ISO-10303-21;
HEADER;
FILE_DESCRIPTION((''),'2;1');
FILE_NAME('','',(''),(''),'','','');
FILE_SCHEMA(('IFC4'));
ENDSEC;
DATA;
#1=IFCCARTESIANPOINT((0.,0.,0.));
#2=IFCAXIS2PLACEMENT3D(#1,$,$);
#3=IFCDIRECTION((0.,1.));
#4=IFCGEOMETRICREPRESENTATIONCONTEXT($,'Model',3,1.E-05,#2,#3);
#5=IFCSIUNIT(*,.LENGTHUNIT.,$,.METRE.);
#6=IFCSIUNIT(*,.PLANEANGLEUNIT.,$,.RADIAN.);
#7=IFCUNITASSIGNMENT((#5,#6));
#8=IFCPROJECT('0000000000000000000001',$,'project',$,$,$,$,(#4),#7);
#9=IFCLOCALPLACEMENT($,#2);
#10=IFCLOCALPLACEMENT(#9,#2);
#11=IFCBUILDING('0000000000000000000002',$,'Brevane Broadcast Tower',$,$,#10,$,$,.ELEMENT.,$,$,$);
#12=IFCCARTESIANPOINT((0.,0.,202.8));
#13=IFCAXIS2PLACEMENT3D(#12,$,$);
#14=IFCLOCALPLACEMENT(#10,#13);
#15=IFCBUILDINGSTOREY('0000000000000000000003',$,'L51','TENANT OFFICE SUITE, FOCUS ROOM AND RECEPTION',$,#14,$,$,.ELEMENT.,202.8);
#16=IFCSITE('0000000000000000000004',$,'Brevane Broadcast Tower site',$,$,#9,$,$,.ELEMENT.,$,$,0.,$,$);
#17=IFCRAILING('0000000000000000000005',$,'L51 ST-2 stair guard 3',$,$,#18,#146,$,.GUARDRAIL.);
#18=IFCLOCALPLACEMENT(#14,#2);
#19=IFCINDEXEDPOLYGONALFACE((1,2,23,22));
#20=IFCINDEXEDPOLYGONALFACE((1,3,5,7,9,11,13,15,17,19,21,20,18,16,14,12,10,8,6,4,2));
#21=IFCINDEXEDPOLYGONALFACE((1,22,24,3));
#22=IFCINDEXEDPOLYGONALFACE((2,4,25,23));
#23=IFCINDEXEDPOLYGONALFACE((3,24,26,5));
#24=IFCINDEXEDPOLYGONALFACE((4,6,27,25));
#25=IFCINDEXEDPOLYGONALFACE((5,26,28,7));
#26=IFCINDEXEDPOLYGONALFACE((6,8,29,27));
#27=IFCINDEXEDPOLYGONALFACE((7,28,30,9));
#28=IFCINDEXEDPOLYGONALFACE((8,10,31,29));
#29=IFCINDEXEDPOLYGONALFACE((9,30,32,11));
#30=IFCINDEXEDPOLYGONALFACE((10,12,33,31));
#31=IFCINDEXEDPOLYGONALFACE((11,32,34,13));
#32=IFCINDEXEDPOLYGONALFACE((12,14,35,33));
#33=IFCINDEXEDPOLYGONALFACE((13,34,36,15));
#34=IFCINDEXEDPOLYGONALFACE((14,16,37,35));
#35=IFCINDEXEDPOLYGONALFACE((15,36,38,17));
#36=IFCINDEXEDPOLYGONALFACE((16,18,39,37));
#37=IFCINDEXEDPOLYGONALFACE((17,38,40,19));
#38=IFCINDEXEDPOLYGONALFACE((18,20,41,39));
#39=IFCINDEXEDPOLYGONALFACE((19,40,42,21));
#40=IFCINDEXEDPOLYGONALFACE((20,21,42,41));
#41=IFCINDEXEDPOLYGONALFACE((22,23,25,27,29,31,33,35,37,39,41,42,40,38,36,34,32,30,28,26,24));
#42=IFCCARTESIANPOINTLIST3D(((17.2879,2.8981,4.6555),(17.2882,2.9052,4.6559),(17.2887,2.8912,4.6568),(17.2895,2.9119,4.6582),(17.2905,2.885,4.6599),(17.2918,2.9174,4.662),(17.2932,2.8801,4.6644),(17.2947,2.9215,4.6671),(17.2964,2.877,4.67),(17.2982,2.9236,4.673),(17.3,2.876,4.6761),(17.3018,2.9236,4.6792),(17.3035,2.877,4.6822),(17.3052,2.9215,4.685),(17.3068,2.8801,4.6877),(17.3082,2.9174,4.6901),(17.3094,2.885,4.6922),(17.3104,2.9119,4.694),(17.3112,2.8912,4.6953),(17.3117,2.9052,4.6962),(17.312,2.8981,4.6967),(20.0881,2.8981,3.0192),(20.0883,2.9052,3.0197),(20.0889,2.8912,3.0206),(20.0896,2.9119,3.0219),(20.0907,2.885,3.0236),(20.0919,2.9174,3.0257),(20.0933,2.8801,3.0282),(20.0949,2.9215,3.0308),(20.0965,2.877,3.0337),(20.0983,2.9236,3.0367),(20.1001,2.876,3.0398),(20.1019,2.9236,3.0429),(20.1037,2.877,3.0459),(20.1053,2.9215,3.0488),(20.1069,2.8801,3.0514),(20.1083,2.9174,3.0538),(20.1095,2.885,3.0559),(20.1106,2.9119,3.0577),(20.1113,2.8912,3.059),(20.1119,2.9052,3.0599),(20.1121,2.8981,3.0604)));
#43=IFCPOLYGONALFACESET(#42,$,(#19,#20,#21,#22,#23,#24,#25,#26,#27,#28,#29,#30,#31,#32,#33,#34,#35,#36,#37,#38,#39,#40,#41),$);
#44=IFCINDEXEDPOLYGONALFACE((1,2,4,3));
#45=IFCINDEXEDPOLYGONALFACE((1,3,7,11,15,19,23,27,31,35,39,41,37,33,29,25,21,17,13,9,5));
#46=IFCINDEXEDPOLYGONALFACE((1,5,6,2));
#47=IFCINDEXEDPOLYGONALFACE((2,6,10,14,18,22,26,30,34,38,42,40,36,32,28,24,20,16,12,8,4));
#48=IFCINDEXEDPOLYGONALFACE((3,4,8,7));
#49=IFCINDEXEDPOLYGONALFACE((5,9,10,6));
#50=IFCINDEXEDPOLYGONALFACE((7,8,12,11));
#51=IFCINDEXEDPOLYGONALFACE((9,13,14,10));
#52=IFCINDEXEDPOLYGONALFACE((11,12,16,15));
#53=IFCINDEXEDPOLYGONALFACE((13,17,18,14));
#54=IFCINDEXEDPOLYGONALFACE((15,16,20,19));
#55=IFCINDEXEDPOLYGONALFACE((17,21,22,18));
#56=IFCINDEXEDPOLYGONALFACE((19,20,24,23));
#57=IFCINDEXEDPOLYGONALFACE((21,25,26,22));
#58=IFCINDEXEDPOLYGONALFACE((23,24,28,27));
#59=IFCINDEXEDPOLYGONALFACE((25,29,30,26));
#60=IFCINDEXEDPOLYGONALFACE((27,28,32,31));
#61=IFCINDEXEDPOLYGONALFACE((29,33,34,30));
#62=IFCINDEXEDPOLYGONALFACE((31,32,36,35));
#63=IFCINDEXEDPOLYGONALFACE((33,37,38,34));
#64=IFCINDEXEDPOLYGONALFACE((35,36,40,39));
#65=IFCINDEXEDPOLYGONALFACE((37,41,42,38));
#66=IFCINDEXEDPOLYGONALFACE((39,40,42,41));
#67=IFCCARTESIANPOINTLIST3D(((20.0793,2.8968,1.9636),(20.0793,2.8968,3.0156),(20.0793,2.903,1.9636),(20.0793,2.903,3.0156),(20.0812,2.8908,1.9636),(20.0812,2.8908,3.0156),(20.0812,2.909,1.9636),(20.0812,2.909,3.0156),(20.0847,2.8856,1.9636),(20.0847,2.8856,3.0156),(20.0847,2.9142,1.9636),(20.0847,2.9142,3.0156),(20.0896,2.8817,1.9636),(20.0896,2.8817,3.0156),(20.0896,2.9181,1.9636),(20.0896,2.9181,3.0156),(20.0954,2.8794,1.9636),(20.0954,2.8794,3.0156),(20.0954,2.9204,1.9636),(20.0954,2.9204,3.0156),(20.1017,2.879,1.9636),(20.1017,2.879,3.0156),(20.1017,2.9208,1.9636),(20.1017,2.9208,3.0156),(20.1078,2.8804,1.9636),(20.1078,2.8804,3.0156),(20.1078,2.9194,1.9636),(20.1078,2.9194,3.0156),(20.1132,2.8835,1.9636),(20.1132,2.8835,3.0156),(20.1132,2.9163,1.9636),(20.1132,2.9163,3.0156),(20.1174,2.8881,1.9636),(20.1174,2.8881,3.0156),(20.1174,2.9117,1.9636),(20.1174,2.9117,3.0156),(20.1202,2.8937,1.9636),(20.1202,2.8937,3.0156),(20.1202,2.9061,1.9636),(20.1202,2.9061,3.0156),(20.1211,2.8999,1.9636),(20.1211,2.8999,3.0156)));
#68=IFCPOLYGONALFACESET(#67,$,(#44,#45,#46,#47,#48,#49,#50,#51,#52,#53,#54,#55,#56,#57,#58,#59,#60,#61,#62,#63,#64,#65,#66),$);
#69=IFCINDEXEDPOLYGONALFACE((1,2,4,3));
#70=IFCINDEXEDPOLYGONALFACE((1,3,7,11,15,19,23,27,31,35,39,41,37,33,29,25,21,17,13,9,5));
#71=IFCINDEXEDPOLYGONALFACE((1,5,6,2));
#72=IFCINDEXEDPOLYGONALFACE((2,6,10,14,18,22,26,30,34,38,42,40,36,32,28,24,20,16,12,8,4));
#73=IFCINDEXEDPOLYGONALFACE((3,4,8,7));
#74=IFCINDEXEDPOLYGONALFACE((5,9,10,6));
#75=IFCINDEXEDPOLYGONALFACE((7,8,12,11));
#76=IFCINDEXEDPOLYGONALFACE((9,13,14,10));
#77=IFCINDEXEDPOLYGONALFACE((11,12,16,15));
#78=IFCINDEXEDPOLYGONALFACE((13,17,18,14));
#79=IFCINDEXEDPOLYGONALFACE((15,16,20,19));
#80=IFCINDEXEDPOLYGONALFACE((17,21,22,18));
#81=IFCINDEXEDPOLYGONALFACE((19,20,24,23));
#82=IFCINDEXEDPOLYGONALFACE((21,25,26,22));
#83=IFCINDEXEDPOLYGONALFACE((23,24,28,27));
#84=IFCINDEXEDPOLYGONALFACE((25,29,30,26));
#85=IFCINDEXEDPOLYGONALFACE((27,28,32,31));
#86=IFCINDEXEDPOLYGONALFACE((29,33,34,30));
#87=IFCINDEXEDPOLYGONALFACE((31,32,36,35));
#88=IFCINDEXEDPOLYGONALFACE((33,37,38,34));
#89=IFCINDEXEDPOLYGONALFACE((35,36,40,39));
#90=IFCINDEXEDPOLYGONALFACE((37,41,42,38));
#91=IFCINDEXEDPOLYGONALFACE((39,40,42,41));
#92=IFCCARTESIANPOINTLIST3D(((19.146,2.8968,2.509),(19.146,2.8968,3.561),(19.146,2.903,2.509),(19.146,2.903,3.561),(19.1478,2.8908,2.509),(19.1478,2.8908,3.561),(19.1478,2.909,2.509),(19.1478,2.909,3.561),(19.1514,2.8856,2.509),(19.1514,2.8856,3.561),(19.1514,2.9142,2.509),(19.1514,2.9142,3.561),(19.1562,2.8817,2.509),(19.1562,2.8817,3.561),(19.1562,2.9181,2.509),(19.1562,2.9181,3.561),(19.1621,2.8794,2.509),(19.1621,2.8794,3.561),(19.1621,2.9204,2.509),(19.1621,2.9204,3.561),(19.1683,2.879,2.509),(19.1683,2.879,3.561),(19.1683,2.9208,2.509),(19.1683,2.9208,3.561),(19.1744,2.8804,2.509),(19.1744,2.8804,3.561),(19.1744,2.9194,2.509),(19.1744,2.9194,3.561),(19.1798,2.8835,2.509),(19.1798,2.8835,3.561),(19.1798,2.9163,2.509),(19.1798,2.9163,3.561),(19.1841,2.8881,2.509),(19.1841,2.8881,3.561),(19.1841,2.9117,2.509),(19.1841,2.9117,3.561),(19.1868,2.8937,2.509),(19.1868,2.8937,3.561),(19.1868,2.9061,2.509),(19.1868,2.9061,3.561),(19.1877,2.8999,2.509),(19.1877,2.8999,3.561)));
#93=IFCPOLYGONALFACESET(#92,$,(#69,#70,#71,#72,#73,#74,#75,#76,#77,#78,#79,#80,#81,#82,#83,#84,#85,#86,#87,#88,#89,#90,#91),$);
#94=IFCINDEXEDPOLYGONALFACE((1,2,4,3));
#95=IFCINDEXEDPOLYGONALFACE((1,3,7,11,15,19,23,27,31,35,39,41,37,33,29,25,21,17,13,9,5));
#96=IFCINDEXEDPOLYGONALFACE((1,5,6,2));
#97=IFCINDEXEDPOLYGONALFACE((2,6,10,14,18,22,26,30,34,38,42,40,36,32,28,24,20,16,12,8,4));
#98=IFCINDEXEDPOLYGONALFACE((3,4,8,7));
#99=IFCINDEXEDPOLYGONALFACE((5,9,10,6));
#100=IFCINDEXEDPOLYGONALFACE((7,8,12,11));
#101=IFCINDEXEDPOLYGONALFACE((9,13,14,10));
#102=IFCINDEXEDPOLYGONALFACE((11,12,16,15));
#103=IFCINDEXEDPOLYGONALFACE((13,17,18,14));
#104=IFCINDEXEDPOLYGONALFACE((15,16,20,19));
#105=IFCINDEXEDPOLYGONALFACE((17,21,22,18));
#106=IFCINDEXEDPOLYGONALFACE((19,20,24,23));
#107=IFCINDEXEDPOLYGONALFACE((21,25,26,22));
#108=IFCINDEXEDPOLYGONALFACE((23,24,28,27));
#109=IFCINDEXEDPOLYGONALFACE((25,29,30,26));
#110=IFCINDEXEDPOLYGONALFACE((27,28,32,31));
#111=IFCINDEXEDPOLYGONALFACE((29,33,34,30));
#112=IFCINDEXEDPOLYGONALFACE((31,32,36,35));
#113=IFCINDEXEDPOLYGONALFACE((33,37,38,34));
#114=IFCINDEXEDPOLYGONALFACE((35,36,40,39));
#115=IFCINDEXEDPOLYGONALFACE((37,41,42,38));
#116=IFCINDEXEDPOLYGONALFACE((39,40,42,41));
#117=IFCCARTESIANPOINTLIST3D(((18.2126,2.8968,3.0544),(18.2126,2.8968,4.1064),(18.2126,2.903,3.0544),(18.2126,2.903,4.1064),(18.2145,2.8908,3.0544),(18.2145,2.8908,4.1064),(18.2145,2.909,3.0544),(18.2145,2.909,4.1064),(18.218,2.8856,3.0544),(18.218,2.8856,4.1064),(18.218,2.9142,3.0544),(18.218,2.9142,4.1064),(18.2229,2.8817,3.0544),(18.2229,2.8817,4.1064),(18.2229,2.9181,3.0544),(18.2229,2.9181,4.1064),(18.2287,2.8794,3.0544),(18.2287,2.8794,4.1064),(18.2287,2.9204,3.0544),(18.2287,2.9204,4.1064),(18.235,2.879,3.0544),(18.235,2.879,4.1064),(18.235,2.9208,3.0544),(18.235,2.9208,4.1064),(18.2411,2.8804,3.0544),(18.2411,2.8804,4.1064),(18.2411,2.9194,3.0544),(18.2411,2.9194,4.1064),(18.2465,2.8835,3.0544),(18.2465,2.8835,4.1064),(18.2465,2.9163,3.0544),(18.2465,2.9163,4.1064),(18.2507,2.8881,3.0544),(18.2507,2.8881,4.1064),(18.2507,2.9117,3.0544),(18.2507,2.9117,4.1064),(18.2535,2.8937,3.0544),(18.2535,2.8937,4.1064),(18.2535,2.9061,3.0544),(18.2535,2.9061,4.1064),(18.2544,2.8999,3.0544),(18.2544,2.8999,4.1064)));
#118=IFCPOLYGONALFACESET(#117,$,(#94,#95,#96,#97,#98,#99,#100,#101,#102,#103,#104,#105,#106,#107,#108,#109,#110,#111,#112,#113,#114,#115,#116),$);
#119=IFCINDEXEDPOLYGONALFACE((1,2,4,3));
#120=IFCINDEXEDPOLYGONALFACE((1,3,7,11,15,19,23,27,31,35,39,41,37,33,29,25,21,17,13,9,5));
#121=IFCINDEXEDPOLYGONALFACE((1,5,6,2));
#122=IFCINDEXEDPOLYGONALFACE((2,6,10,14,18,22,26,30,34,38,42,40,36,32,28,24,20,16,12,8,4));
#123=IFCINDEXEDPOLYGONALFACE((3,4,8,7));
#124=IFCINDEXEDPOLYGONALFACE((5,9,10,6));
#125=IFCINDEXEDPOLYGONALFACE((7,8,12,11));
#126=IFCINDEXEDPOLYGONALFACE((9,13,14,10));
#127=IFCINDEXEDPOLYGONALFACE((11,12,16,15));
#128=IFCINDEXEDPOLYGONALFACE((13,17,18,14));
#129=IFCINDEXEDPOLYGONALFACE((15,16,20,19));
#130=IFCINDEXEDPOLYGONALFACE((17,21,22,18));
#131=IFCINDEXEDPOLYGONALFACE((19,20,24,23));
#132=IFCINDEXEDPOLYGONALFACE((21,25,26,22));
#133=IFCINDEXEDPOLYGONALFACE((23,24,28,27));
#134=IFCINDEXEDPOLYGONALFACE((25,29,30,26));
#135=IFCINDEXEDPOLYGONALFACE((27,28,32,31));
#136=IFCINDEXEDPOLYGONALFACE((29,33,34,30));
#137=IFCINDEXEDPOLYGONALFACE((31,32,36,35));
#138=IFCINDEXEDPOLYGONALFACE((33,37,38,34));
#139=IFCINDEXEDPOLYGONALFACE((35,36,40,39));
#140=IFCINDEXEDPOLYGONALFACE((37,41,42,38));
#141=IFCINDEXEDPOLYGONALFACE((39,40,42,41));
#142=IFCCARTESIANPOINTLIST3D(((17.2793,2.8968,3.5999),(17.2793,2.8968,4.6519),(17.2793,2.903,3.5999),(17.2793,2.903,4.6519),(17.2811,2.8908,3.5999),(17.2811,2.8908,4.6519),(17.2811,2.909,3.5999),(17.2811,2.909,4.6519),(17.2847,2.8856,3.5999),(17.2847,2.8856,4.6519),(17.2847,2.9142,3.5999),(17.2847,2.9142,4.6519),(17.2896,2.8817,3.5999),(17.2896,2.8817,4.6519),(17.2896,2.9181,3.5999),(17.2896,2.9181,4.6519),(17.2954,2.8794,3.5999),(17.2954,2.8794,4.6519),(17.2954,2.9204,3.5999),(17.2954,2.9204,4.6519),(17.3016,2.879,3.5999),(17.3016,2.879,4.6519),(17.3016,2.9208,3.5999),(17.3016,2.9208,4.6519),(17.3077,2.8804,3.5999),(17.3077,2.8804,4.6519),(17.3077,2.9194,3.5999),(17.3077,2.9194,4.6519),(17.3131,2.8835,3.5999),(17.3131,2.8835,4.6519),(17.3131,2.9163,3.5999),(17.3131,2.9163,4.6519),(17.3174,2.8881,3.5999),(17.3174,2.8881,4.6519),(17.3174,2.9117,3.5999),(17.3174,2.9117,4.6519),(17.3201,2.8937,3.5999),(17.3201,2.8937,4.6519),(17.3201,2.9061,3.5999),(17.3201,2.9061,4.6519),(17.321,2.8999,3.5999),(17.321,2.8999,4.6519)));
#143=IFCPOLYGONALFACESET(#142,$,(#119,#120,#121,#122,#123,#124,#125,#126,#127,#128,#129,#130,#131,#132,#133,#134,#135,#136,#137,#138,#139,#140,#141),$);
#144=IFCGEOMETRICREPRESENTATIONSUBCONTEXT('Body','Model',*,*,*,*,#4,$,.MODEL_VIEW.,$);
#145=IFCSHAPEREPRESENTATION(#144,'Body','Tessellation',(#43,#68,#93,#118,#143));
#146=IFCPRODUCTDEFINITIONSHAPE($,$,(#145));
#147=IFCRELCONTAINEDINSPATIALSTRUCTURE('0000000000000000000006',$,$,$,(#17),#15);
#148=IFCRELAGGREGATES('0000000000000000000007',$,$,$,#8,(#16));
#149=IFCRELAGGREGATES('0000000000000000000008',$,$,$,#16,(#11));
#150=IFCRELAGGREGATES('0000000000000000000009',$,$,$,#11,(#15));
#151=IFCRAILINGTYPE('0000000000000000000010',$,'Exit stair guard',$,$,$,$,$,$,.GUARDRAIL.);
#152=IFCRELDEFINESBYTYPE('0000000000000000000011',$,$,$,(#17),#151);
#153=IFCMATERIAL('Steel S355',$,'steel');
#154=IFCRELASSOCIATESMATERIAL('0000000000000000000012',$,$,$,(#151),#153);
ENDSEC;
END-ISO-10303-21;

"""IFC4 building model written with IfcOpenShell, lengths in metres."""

from ifc_helpers import new_model, si_unit, direction, frame, origin, origin_2d, place, context, subcontext, project, spatial, circle, extrude, material, type_object, element, save


model = new_model("IFC4")

# Units and contexts
model_context = context("Model", 3, precision=1e-05, world=origin(), true_north=direction((0.0, 1.0)))
body_context = subcontext(model_context, "Body", "Model", "MODEL_VIEW")
ifc_project = project(units=[si_unit("LENGTHUNIT", "METRE"), si_unit("PLANEANGLEUNIT", "RADIAN")], contexts=[model_context])

# Site, building, storey
site_placement = place(None, origin())
site = spatial("IfcSite", under=ifc_project, at=site_placement, Name="Brevane Broadcast Tower site", CompositionType="ELEMENT", RefElevation=0.0)
building_placement = place(site_placement, origin())
building = spatial("IfcBuilding", under=site, at=building_placement, Name="Brevane Broadcast Tower", CompositionType="ELEMENT")
storey_placement = place(building_placement, frame((0.0, 0.0, 202.8)))
storey = spatial("IfcBuildingStorey", under=building, at=storey_placement, Name="L51", Description="TENANT OFFICE SUITE, FOCUS ROOM AND RECEPTION", CompositionType="ELEMENT", Elevation=202.8)

# Railing
ifc_material_1 = material(Name="Steel S355", Category="steel")
railing_type_1 = type_object("IfcRailingType", Name="Exit stair guard", PredefinedType="GUARDRAIL", material=ifc_material_1)
railing_1_placement = place(storey_placement, frame((20.1001, 2.8999, 1.9636)))
element("IfcRailing", 1, at=railing_1_placement, inside=storey, type_object=railing_type_1, Name="L51 ST-2 stair guard 3", PredefinedType="GUARDRAIL", context=body_context, shape_type="SweptSolid", body=[
    extrude(circle(Radius=0.0239, at=origin_2d()), frame((0.0, 0.0, 1.0762), z_axis=(-0.863394, 0.0, 0.504531), x_axis=(0.0, -1.0, 0.0)), (0.0, 0.0, 1.0), 3.2432),
    extrude(circle(Radius=0.021, at=origin_2d()), origin(), (0.0, 0.0, 1.0), 1.052),
    extrude(circle(Radius=0.021, at=origin_2d()), frame((-0.9333, 0.0, 0.5454)), (0.0, 0.0, 1.0), 1.052),
    extrude(circle(Radius=0.021, at=origin_2d()), frame((-1.8667, 0.0, 1.0908)), (0.0, 0.0, 1.0), 1.052),
    extrude(circle(Radius=0.021, at=origin_2d()), frame((-2.8, 0.0, 1.6362)), (0.0, 0.0, 1.0), 1.052),
])

save(model, "model.ifc")
